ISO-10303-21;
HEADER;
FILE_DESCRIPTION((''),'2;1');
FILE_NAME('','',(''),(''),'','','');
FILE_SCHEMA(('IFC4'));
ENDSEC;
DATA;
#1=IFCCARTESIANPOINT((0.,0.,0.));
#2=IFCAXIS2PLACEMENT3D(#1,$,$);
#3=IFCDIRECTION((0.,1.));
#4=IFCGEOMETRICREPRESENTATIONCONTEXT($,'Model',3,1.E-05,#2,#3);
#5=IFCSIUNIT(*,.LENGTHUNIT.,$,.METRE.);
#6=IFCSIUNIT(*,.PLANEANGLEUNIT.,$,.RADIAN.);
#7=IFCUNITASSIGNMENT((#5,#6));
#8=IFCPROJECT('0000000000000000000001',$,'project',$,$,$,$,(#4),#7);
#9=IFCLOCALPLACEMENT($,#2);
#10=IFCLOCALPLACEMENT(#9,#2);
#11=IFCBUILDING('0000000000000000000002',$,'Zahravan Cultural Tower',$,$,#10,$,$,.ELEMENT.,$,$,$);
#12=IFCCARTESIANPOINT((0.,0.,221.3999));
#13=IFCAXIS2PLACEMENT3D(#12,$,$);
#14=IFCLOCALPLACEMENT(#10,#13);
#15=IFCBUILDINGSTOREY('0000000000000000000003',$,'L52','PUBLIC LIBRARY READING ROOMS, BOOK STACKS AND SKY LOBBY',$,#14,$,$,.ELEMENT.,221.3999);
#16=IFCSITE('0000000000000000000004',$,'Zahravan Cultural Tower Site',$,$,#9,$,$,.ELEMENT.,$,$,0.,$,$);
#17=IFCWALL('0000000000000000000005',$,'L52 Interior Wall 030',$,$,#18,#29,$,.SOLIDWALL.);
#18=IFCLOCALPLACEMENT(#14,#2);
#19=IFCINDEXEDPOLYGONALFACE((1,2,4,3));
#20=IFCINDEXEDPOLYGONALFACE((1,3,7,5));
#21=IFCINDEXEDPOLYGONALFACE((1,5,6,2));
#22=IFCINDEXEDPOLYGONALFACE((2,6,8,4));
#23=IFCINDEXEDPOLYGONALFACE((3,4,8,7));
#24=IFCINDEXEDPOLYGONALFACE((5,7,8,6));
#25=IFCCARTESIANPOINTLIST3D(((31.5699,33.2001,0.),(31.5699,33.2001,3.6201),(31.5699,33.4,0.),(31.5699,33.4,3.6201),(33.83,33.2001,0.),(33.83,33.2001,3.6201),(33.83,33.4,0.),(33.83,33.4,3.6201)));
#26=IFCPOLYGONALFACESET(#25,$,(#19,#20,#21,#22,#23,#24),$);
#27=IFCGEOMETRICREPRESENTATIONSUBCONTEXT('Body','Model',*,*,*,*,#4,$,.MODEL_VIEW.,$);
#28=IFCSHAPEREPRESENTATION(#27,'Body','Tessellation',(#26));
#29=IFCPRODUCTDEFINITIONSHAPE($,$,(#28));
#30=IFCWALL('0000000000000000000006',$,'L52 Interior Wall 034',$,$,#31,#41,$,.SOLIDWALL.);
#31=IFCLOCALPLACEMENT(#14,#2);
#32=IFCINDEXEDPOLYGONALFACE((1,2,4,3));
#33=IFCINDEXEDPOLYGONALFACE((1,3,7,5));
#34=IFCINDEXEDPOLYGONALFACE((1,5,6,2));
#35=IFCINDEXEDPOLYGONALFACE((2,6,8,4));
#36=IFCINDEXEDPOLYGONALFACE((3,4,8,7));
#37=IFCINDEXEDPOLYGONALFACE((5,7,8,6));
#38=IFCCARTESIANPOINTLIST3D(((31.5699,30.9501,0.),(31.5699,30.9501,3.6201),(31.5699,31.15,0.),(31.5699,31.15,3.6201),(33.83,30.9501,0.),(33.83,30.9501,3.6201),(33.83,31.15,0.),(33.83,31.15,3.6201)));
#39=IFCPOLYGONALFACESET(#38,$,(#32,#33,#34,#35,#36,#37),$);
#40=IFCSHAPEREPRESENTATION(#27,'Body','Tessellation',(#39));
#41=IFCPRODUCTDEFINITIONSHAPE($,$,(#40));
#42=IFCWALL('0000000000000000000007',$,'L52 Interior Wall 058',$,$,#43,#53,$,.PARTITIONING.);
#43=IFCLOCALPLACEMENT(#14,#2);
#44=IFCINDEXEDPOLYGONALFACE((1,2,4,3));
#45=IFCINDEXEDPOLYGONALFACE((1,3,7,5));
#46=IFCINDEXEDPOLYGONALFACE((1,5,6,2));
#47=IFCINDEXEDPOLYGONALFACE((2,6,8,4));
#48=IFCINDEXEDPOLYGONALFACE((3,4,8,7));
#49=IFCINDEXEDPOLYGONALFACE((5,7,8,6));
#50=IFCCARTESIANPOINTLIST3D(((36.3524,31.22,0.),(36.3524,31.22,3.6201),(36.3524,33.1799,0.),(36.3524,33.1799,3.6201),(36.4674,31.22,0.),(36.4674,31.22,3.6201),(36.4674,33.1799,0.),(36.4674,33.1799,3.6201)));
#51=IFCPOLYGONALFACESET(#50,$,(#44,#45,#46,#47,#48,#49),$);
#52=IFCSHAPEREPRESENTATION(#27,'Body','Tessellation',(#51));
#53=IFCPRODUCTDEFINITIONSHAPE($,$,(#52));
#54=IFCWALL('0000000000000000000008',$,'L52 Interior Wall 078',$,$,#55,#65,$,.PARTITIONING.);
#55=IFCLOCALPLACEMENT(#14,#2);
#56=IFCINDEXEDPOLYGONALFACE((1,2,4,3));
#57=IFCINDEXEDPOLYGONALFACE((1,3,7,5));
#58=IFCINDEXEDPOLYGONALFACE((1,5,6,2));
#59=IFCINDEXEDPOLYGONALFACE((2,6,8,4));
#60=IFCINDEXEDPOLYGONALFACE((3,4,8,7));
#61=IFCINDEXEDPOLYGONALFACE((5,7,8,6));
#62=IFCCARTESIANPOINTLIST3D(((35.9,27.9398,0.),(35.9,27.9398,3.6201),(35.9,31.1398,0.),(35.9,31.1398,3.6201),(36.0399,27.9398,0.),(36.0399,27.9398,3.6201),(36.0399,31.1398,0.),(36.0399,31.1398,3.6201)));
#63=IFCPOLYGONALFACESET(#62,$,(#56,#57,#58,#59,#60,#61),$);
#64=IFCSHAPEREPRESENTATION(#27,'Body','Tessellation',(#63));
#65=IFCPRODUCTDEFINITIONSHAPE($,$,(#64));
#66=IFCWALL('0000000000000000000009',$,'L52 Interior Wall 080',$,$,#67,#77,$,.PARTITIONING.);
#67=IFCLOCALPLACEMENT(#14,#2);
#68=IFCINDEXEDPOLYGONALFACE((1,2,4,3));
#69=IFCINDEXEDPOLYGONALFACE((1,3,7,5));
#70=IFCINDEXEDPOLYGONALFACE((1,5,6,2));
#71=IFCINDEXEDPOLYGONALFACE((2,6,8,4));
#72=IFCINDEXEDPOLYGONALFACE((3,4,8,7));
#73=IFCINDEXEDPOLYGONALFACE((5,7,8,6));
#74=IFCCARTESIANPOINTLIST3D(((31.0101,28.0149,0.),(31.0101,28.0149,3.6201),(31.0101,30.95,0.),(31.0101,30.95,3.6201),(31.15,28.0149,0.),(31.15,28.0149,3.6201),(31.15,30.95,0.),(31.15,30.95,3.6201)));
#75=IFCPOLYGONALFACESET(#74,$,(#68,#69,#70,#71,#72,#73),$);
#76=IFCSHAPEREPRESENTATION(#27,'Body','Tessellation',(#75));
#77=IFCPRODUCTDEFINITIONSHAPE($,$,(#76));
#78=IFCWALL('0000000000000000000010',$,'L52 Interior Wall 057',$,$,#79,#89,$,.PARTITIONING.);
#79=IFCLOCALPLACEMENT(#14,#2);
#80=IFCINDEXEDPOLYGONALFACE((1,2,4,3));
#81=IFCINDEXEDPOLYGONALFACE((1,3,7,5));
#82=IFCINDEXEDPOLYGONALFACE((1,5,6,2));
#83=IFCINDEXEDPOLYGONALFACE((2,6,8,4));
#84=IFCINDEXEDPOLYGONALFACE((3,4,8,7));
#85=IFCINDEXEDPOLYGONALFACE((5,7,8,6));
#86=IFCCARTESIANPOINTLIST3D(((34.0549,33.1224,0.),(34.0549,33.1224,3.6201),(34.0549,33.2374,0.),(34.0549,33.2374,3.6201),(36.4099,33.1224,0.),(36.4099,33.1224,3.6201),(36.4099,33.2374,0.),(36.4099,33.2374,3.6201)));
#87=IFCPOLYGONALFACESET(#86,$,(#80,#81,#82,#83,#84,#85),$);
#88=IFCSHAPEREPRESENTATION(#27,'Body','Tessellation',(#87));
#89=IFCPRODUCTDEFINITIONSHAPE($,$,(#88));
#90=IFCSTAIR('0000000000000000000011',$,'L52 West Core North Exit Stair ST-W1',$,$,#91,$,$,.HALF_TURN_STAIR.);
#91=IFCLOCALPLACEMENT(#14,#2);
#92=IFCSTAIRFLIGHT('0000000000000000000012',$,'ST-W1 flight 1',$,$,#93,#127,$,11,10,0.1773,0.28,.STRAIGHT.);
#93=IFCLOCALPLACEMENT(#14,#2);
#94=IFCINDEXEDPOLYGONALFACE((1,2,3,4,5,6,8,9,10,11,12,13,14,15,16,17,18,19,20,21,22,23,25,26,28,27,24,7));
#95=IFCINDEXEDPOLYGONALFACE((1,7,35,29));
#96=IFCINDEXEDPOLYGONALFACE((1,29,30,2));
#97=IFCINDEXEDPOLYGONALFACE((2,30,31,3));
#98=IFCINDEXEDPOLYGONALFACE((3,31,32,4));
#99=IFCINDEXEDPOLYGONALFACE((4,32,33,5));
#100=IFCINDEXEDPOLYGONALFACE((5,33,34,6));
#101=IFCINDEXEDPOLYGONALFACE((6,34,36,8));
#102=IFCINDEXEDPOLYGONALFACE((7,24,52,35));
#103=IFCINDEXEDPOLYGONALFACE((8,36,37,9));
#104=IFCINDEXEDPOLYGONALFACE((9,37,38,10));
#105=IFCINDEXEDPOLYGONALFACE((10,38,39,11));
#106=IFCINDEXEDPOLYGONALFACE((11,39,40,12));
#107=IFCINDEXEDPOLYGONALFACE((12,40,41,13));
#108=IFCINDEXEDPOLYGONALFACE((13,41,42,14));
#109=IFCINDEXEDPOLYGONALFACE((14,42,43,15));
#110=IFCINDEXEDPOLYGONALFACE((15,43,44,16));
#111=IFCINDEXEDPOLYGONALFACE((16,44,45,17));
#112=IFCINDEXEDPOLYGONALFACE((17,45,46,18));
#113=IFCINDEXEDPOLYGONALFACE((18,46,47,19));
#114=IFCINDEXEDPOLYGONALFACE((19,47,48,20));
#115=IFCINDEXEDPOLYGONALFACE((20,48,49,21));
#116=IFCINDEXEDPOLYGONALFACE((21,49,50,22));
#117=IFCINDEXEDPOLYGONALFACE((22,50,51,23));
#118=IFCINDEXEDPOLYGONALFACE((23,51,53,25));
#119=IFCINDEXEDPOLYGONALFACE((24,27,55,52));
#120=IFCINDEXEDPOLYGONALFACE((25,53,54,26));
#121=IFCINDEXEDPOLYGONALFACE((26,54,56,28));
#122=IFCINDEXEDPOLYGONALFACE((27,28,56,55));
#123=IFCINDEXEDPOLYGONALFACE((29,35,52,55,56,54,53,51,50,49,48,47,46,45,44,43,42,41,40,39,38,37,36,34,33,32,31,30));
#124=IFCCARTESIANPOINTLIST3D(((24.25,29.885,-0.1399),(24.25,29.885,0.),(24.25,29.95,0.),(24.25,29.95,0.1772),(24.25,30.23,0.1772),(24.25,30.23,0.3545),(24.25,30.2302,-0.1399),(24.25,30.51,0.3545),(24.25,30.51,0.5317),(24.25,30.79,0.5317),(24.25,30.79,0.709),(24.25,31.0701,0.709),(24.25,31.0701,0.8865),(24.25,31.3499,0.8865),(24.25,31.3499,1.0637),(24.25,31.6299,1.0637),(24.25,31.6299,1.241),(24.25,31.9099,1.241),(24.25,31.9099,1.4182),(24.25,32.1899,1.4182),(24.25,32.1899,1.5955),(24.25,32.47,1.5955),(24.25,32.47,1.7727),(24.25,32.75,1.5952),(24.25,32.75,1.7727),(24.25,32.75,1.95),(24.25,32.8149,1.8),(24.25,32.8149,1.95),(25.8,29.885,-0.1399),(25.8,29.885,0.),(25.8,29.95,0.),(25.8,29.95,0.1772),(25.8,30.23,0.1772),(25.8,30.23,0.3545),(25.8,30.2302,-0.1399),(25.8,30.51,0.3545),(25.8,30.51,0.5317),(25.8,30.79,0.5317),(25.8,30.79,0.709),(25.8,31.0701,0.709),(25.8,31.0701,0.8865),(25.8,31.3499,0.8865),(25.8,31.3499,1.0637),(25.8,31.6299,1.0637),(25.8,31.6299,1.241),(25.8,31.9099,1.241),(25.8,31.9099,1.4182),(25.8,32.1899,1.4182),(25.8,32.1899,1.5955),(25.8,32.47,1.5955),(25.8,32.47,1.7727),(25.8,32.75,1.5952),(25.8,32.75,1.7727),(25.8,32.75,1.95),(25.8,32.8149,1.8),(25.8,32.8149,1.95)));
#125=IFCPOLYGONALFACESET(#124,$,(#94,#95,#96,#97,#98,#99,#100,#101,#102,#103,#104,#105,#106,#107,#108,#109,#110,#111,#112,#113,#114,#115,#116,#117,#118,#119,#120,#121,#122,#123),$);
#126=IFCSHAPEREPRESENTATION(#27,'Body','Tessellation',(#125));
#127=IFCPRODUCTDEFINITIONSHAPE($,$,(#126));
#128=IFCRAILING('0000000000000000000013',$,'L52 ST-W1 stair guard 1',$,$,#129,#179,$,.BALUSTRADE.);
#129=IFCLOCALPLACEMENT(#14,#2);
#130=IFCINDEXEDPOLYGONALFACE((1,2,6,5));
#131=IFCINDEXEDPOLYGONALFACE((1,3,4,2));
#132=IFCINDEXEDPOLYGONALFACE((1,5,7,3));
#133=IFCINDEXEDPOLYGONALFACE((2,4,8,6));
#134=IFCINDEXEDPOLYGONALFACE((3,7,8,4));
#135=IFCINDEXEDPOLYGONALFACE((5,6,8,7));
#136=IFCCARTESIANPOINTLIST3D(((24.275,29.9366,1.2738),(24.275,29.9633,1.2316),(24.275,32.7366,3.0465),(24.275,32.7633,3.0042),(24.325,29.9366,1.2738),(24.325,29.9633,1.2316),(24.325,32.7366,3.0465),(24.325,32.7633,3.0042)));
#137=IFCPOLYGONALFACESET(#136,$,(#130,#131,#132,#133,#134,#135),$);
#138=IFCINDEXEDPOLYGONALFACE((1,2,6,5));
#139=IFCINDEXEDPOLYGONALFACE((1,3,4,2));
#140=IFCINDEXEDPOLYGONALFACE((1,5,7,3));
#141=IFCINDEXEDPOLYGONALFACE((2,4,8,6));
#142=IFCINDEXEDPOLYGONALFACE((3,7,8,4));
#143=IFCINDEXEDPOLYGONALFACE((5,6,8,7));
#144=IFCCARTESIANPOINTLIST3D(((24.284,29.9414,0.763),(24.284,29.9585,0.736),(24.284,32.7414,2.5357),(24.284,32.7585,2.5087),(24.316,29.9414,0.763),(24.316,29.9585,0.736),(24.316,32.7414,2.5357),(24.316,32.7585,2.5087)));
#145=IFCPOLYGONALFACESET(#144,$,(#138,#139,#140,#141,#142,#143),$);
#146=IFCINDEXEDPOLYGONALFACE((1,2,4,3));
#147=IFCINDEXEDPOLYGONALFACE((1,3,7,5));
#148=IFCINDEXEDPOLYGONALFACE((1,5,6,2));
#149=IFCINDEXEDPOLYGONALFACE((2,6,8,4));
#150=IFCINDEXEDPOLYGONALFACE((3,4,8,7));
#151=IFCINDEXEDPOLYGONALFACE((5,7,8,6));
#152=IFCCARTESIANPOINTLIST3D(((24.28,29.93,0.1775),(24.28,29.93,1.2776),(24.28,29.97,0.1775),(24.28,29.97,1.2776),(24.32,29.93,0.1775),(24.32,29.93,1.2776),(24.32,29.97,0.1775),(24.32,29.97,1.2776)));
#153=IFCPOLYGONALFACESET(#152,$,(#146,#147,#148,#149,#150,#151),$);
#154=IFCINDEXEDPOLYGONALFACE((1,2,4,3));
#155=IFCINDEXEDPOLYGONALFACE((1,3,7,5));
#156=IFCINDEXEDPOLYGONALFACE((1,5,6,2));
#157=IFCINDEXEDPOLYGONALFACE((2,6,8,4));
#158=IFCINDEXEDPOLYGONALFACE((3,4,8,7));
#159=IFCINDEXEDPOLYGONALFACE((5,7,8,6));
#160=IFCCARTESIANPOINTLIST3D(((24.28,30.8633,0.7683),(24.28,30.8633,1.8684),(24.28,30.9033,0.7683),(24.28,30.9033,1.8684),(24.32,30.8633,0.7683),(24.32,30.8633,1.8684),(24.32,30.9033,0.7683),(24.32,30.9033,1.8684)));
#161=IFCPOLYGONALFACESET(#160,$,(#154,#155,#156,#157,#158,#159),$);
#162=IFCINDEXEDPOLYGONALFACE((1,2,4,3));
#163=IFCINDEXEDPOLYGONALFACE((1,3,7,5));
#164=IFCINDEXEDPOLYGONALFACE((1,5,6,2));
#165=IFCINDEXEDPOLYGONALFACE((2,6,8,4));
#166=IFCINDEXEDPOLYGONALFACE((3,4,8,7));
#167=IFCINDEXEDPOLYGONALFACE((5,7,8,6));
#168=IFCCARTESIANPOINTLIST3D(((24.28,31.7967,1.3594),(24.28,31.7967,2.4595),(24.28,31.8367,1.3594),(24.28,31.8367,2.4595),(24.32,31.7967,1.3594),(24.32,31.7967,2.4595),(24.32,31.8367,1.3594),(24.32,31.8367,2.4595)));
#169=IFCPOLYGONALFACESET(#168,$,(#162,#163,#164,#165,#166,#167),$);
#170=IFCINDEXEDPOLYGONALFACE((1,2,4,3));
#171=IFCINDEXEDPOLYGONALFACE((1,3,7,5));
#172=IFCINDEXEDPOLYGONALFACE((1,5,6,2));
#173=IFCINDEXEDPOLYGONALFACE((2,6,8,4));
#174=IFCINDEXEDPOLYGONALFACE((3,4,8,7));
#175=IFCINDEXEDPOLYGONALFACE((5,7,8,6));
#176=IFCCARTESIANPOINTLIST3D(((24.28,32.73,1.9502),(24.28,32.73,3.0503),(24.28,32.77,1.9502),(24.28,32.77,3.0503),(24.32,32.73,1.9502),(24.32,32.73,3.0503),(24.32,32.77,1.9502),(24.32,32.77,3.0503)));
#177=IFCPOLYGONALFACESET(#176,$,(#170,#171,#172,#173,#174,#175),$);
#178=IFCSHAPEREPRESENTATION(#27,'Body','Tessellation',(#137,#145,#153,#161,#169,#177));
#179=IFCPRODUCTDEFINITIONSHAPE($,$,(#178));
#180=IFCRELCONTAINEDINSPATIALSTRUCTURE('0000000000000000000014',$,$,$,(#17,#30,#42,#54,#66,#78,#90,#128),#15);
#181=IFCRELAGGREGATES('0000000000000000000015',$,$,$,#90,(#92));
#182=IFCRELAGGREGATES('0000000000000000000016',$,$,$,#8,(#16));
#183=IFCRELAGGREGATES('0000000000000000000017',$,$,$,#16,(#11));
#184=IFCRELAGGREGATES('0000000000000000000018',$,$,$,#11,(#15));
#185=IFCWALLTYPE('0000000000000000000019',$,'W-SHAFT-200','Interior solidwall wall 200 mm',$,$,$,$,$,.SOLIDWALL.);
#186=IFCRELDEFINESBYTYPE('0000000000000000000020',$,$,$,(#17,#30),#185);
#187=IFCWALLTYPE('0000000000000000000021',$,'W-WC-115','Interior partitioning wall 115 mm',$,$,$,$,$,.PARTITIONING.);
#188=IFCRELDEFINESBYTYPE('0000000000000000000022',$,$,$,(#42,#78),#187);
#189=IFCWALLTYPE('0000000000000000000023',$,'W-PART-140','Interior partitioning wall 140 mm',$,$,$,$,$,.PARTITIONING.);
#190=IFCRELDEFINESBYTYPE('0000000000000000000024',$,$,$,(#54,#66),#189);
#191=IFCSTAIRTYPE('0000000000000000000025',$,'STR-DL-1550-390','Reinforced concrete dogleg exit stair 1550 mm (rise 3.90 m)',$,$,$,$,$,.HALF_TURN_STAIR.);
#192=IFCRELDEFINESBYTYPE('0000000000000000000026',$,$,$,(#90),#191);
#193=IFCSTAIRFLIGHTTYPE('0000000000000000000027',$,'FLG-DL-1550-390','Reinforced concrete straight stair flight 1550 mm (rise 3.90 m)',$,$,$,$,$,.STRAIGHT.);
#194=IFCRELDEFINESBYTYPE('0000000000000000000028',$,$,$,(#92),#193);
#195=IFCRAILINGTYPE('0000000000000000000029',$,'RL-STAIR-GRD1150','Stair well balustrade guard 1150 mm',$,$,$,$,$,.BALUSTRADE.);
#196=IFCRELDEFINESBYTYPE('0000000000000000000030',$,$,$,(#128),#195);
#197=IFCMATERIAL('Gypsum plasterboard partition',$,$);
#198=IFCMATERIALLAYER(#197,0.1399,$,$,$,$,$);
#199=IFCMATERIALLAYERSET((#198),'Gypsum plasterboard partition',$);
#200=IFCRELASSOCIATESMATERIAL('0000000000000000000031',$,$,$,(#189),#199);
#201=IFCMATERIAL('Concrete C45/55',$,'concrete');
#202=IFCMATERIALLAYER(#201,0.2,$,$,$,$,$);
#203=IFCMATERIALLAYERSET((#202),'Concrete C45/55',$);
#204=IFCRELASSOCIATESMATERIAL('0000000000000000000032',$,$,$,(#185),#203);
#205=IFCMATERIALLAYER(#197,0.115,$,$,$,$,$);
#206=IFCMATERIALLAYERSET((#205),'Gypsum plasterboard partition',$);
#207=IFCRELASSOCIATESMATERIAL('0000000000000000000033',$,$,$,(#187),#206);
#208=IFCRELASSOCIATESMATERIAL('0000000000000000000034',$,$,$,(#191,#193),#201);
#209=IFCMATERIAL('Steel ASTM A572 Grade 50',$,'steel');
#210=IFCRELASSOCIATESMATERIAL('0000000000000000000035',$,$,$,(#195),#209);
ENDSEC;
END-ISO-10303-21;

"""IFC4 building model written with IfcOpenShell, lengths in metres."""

from ifc_helpers import new_model, si_unit, direction, frame, frame_2d, origin, origin_2d, place, context, subcontext, project, spatial, polyline, rectangle, outline, extrude, source, transform, mapped, material, layer, layer_set, type_object, element, aggregate, save


model = new_model("IFC4")

# Units and contexts
model_context = context("Model", 3, precision=1e-05, world=origin(), true_north=direction((0.0, 1.0)))
body_context = subcontext(model_context, "Body", "Model", "MODEL_VIEW")
ifc_project = project(units=[si_unit("LENGTHUNIT", "METRE"), si_unit("PLANEANGLEUNIT", "RADIAN")], contexts=[model_context])

# Site, building, storey
site_placement = place(None, origin())
site = spatial("IfcSite", under=ifc_project, at=site_placement, Name="Zahravan Cultural Tower Site", CompositionType="ELEMENT", RefElevation=0.0)
building_placement = place(site_placement, origin())
building = spatial("IfcBuilding", under=site, at=building_placement, Name="Zahravan Cultural Tower", CompositionType="ELEMENT")
storey_placement = place(building_placement, frame((0.0, 0.0, 221.3999)))
storey = spatial("IfcBuildingStorey", under=building, at=storey_placement, Name="L52", Description="PUBLIC LIBRARY READING ROOMS, BOOK STACKS AND SKY LOBBY", CompositionType="ELEMENT", Elevation=221.3999)

# Shared definitions
ifc_material_1 = material(Name="Steel ASTM A572 Grade 50", Category="steel")
ifc_material_2 = material(Name="Gypsum plasterboard partition")
ifc_layer_1 = layer(ifc_material_2, 0.1399)
ifc_layer_set_1 = layer_set([ifc_layer_1], Name="Gypsum plasterboard partition")
wall_type_1 = type_object("IfcWallType", Name="W-PART-140", Description="Interior partitioning wall 140 mm", PredefinedType="PARTITIONING", material=ifc_layer_set_1)
ifc_material_3 = material(Name="Concrete C45/55", Category="concrete")
ifc_layer_2 = layer(ifc_material_3, 0.2)
ifc_layer_set_2 = layer_set([ifc_layer_2], Name="Concrete C45/55")
wall_type_2 = type_object("IfcWallType", Name="W-SHAFT-200", Description="Interior solidwall wall 200 mm", PredefinedType="SOLIDWALL", material=ifc_layer_set_2)
ifc_layer_3 = layer(ifc_material_2, 0.115)
ifc_layer_set_3 = layer_set([ifc_layer_3], Name="Gypsum plasterboard partition")
wall_type_3 = type_object("IfcWallType", Name="W-WC-115", Description="Interior partitioning wall 115 mm", PredefinedType="PARTITIONING", material=ifc_layer_set_3)

# Walls
shared_shape_1 = source(origin(), body_context, "Body", "SweptSolid", [
    extrude(rectangle(XDim=2.26, YDim=0.2, at=frame_2d((1.1299, 0.0))), origin(), (0.0, 0.0, 1.0), 3.6201),
])
for number, where, z_axis, x_axis, name in (
    (1, (31.5701, 33.3, 0.0), (0.0, 0.0, 1.0), (1.0, 0.0, 0.0), "L52 Interior Wall 030"),
    (2, (31.5701, 31.05, 0.0), (0.0, 0.0, 1.0), (1.0, 0.0, 0.0), "L52 Interior Wall 034"),
):
    element("IfcWall", number, at=place(storey_placement, frame(where, z_axis=z_axis, x_axis=x_axis)), inside=storey, type_object=wall_type_2, Name=name, PredefinedType="SOLIDWALL", context=body_context, shape_type="MappedRepresentation", body=[
        mapped(shared_shape_1, transform((0.0, 0.0, 0.0), x_axis=(1.0, 0.0, 0.0), y_axis=(0.0, 1.0, 0.0), z_axis=(0.0, 0.0, 1.0), scale=1.0)),
    ])
shared_shape_2 = source(origin(), body_context, "Body", "SweptSolid", [
    extrude(rectangle(XDim=1.96, YDim=0.115, at=frame_2d((0.98, 0.0))), origin(), (0.0, 0.0, 1.0), 3.6201),
])
wall_1_placement = place(storey_placement, frame((36.4099, 33.1799, 0.0), z_axis=(0.0, 0.0, 1.0), x_axis=(0.0, -1.0, 0.0)))
element("IfcWall", 3, at=wall_1_placement, inside=storey, type_object=wall_type_3, Name="L52 Interior Wall 058", PredefinedType="PARTITIONING", context=body_context, shape_type="MappedRepresentation", body=[
    mapped(shared_shape_2, transform((0.0, 0.0, 0.0), x_axis=(1.0, 0.0, 0.0), y_axis=(0.0, 1.0, 0.0), z_axis=(0.0, 0.0, 1.0), scale=1.0)),
])
shared_shape_3 = source(origin(), body_context, "Body", "SweptSolid", [
    extrude(rectangle(XDim=3.2, YDim=0.1399, at=frame_2d((1.6001, 0.0))), origin(), (0.0, 0.0, 1.0), 3.6201),
])
wall_2_placement = place(storey_placement, frame((35.97, 31.1399, 0.0), z_axis=(0.0, 0.0, 1.0), x_axis=(0.0, -1.0, 0.0)))
element("IfcWall", 4, at=wall_2_placement, inside=storey, type_object=wall_type_1, Name="L52 Interior Wall 078", PredefinedType="PARTITIONING", context=body_context, shape_type="MappedRepresentation", body=[
    mapped(shared_shape_3, transform((0.0, 0.0, 0.0), x_axis=(1.0, 0.0, 0.0), y_axis=(0.0, 1.0, 0.0), z_axis=(0.0, 0.0, 1.0), scale=1.0)),
])
shared_shape_4 = source(origin(), body_context, "Body", "SweptSolid", [
    extrude(rectangle(XDim=2.9351, YDim=0.1399, at=frame_2d((1.4675, 0.0))), origin(), (0.0, 0.0, 1.0), 3.6201),
])
wall_3_placement = place(storey_placement, frame((31.0801, 28.0149, 0.0), z_axis=(0.0, 0.0, 1.0), x_axis=(0.0, 1.0, 0.0)))
element("IfcWall", 5, at=wall_3_placement, inside=storey, type_object=wall_type_1, Name="L52 Interior Wall 080", PredefinedType="PARTITIONING", context=body_context, shape_type="MappedRepresentation", body=[
    mapped(shared_shape_4, transform((0.0, 0.0, 0.0), x_axis=(1.0, 0.0, 0.0), y_axis=(0.0, 1.0, 0.0), z_axis=(0.0, 0.0, 1.0), scale=1.0)),
])
shared_shape_5 = source(origin(), body_context, "Body", "SweptSolid", [
    extrude(rectangle(XDim=2.355, YDim=0.115, at=frame_2d((1.1775, 0.0))), origin(), (0.0, 0.0, 1.0), 3.6201),
])
wall_4_placement = place(storey_placement, frame((34.0549, 33.1799, 0.0), z_axis=(0.0, 0.0, 1.0), x_axis=(1.0, 0.0, 0.0)))
element("IfcWall", 6, at=wall_4_placement, inside=storey, type_object=wall_type_3, Name="L52 Interior Wall 057", PredefinedType="PARTITIONING", context=body_context, shape_type="MappedRepresentation", body=[
    mapped(shared_shape_5, transform((0.0, 0.0, 0.0), x_axis=(1.0, 0.0, 0.0), y_axis=(0.0, 1.0, 0.0), z_axis=(0.0, 0.0, 1.0), scale=1.0)),
])

# Stair, stair flight
stair_type = type_object("IfcStairType", Name="STR-DL-1550-390", Description="Reinforced concrete dogleg exit stair 1550 mm (rise 3.90 m)", PredefinedType="HALF_TURN_STAIR", material=ifc_material_3)
stair_placement = place(storey_placement, origin())
stair = element("IfcStair", 7, at=stair_placement, inside=storey, type_object=stair_type, Name="L52 West Core North Exit Stair ST-W1", PredefinedType="HALF_TURN_STAIR")
stair_flight_type = type_object("IfcStairFlightType", Name="FLG-DL-1550-390", Description="Reinforced concrete straight stair flight 1550 mm (rise 3.90 m)", PredefinedType="STRAIGHT", material=ifc_material_3)
stair_flight_placement = place(storey_placement, frame((25.0249, 29.95, 0.0), z_axis=(0.0, 0.0, 1.0), x_axis=(0.0, 1.0, 0.0)))
stair_flight = element("IfcStairFlight", 8, at=stair_flight_placement, type_object=stair_flight_type, Name="ST-W1 flight 1", NumberOfRisers=11, NumberOfTreads=10, PredefinedType="STRAIGHT", RiserHeight=0.1773, TreadLength=0.28, context=body_context, shape_type="SweptSolid", body=[
    extrude(outline(polyline([(-0.0649, -0.1399), (-0.0649, 0.0), (0.0, 0.0), (0.0, 0.1772), (0.28, 0.1772), (0.28, 0.3545), (0.5601, 0.3545), (0.5601, 0.5317), (0.8401, 0.5317), (0.8401, 0.709), (1.1201, 0.709), (1.1201, 0.8865), (1.3999, 0.8865), (1.3999, 1.0637), (1.6799, 1.0637), (1.6799, 1.241), (1.96, 1.241), (1.96, 1.4182), (2.24, 1.4182), (2.24, 1.5955), (2.52, 1.5955), (2.52, 1.7727), (2.8, 1.7727), (2.8, 1.95), (2.865, 1.95), (2.865, 1.8), (2.8, 1.5952), (0.2803, -0.1399), (-0.0649, -0.1399)])), frame((0.0, 0.7749, 0.0), z_axis=(0.0, -1.0, 0.0), x_axis=(1.0, 0.0, 0.0)), (0.0, 0.0, 1.0), 1.55),
])
aggregate(stair, [stair_flight])

# Railing
railing_type_1 = type_object("IfcRailingType", Name="RL-STAIR-GRD1150", Description="Stair well balustrade guard 1150 mm", PredefinedType="BALUSTRADE", material=ifc_material_1)
railing_1_placement = place(storey_placement, frame((24.3, 29.95, 0.1775)))
element("IfcRailing", 9, at=railing_1_placement, inside=storey, type_object=railing_type_1, Name="L52 ST-W1 stair guard 1", PredefinedType="BALUSTRADE", context=body_context, shape_type="SweptSolid", body=[
    extrude(rectangle(XDim=0.05, YDim=0.05, at=origin_2d()), frame((0.0, 0.0, 1.0752), z_axis=(0.0, 0.844909, 0.53491), x_axis=(-1.0, 0.0, 0.0)), (0.0, 0.0, 1.0), 3.314),
    extrude(rectangle(XDim=0.032, YDim=0.032, at=origin_2d()), frame((0.0, 0.0, 0.572), z_axis=(0.0, 0.844909, 0.53491), x_axis=(-1.0, 0.0, 0.0)), (0.0, 0.0, 1.0), 3.314),
    extrude(rectangle(XDim=0.04, YDim=0.04, at=origin_2d()), origin(), (0.0, 0.0, 1.0), 1.1001),
    extrude(rectangle(XDim=0.04, YDim=0.04, at=origin_2d()), frame((0.0, 0.9333, 0.5908)), (0.0, 0.0, 1.0), 1.1001),
    extrude(rectangle(XDim=0.04, YDim=0.04, at=origin_2d()), frame((0.0, 1.8667, 1.1819)), (0.0, 0.0, 1.0), 1.1001),
    extrude(rectangle(XDim=0.04, YDim=0.04, at=origin_2d()), frame((0.0, 2.8, 1.7727)), (0.0, 0.0, 1.0), 1.1001),
])

save(model, "model.ifc")
